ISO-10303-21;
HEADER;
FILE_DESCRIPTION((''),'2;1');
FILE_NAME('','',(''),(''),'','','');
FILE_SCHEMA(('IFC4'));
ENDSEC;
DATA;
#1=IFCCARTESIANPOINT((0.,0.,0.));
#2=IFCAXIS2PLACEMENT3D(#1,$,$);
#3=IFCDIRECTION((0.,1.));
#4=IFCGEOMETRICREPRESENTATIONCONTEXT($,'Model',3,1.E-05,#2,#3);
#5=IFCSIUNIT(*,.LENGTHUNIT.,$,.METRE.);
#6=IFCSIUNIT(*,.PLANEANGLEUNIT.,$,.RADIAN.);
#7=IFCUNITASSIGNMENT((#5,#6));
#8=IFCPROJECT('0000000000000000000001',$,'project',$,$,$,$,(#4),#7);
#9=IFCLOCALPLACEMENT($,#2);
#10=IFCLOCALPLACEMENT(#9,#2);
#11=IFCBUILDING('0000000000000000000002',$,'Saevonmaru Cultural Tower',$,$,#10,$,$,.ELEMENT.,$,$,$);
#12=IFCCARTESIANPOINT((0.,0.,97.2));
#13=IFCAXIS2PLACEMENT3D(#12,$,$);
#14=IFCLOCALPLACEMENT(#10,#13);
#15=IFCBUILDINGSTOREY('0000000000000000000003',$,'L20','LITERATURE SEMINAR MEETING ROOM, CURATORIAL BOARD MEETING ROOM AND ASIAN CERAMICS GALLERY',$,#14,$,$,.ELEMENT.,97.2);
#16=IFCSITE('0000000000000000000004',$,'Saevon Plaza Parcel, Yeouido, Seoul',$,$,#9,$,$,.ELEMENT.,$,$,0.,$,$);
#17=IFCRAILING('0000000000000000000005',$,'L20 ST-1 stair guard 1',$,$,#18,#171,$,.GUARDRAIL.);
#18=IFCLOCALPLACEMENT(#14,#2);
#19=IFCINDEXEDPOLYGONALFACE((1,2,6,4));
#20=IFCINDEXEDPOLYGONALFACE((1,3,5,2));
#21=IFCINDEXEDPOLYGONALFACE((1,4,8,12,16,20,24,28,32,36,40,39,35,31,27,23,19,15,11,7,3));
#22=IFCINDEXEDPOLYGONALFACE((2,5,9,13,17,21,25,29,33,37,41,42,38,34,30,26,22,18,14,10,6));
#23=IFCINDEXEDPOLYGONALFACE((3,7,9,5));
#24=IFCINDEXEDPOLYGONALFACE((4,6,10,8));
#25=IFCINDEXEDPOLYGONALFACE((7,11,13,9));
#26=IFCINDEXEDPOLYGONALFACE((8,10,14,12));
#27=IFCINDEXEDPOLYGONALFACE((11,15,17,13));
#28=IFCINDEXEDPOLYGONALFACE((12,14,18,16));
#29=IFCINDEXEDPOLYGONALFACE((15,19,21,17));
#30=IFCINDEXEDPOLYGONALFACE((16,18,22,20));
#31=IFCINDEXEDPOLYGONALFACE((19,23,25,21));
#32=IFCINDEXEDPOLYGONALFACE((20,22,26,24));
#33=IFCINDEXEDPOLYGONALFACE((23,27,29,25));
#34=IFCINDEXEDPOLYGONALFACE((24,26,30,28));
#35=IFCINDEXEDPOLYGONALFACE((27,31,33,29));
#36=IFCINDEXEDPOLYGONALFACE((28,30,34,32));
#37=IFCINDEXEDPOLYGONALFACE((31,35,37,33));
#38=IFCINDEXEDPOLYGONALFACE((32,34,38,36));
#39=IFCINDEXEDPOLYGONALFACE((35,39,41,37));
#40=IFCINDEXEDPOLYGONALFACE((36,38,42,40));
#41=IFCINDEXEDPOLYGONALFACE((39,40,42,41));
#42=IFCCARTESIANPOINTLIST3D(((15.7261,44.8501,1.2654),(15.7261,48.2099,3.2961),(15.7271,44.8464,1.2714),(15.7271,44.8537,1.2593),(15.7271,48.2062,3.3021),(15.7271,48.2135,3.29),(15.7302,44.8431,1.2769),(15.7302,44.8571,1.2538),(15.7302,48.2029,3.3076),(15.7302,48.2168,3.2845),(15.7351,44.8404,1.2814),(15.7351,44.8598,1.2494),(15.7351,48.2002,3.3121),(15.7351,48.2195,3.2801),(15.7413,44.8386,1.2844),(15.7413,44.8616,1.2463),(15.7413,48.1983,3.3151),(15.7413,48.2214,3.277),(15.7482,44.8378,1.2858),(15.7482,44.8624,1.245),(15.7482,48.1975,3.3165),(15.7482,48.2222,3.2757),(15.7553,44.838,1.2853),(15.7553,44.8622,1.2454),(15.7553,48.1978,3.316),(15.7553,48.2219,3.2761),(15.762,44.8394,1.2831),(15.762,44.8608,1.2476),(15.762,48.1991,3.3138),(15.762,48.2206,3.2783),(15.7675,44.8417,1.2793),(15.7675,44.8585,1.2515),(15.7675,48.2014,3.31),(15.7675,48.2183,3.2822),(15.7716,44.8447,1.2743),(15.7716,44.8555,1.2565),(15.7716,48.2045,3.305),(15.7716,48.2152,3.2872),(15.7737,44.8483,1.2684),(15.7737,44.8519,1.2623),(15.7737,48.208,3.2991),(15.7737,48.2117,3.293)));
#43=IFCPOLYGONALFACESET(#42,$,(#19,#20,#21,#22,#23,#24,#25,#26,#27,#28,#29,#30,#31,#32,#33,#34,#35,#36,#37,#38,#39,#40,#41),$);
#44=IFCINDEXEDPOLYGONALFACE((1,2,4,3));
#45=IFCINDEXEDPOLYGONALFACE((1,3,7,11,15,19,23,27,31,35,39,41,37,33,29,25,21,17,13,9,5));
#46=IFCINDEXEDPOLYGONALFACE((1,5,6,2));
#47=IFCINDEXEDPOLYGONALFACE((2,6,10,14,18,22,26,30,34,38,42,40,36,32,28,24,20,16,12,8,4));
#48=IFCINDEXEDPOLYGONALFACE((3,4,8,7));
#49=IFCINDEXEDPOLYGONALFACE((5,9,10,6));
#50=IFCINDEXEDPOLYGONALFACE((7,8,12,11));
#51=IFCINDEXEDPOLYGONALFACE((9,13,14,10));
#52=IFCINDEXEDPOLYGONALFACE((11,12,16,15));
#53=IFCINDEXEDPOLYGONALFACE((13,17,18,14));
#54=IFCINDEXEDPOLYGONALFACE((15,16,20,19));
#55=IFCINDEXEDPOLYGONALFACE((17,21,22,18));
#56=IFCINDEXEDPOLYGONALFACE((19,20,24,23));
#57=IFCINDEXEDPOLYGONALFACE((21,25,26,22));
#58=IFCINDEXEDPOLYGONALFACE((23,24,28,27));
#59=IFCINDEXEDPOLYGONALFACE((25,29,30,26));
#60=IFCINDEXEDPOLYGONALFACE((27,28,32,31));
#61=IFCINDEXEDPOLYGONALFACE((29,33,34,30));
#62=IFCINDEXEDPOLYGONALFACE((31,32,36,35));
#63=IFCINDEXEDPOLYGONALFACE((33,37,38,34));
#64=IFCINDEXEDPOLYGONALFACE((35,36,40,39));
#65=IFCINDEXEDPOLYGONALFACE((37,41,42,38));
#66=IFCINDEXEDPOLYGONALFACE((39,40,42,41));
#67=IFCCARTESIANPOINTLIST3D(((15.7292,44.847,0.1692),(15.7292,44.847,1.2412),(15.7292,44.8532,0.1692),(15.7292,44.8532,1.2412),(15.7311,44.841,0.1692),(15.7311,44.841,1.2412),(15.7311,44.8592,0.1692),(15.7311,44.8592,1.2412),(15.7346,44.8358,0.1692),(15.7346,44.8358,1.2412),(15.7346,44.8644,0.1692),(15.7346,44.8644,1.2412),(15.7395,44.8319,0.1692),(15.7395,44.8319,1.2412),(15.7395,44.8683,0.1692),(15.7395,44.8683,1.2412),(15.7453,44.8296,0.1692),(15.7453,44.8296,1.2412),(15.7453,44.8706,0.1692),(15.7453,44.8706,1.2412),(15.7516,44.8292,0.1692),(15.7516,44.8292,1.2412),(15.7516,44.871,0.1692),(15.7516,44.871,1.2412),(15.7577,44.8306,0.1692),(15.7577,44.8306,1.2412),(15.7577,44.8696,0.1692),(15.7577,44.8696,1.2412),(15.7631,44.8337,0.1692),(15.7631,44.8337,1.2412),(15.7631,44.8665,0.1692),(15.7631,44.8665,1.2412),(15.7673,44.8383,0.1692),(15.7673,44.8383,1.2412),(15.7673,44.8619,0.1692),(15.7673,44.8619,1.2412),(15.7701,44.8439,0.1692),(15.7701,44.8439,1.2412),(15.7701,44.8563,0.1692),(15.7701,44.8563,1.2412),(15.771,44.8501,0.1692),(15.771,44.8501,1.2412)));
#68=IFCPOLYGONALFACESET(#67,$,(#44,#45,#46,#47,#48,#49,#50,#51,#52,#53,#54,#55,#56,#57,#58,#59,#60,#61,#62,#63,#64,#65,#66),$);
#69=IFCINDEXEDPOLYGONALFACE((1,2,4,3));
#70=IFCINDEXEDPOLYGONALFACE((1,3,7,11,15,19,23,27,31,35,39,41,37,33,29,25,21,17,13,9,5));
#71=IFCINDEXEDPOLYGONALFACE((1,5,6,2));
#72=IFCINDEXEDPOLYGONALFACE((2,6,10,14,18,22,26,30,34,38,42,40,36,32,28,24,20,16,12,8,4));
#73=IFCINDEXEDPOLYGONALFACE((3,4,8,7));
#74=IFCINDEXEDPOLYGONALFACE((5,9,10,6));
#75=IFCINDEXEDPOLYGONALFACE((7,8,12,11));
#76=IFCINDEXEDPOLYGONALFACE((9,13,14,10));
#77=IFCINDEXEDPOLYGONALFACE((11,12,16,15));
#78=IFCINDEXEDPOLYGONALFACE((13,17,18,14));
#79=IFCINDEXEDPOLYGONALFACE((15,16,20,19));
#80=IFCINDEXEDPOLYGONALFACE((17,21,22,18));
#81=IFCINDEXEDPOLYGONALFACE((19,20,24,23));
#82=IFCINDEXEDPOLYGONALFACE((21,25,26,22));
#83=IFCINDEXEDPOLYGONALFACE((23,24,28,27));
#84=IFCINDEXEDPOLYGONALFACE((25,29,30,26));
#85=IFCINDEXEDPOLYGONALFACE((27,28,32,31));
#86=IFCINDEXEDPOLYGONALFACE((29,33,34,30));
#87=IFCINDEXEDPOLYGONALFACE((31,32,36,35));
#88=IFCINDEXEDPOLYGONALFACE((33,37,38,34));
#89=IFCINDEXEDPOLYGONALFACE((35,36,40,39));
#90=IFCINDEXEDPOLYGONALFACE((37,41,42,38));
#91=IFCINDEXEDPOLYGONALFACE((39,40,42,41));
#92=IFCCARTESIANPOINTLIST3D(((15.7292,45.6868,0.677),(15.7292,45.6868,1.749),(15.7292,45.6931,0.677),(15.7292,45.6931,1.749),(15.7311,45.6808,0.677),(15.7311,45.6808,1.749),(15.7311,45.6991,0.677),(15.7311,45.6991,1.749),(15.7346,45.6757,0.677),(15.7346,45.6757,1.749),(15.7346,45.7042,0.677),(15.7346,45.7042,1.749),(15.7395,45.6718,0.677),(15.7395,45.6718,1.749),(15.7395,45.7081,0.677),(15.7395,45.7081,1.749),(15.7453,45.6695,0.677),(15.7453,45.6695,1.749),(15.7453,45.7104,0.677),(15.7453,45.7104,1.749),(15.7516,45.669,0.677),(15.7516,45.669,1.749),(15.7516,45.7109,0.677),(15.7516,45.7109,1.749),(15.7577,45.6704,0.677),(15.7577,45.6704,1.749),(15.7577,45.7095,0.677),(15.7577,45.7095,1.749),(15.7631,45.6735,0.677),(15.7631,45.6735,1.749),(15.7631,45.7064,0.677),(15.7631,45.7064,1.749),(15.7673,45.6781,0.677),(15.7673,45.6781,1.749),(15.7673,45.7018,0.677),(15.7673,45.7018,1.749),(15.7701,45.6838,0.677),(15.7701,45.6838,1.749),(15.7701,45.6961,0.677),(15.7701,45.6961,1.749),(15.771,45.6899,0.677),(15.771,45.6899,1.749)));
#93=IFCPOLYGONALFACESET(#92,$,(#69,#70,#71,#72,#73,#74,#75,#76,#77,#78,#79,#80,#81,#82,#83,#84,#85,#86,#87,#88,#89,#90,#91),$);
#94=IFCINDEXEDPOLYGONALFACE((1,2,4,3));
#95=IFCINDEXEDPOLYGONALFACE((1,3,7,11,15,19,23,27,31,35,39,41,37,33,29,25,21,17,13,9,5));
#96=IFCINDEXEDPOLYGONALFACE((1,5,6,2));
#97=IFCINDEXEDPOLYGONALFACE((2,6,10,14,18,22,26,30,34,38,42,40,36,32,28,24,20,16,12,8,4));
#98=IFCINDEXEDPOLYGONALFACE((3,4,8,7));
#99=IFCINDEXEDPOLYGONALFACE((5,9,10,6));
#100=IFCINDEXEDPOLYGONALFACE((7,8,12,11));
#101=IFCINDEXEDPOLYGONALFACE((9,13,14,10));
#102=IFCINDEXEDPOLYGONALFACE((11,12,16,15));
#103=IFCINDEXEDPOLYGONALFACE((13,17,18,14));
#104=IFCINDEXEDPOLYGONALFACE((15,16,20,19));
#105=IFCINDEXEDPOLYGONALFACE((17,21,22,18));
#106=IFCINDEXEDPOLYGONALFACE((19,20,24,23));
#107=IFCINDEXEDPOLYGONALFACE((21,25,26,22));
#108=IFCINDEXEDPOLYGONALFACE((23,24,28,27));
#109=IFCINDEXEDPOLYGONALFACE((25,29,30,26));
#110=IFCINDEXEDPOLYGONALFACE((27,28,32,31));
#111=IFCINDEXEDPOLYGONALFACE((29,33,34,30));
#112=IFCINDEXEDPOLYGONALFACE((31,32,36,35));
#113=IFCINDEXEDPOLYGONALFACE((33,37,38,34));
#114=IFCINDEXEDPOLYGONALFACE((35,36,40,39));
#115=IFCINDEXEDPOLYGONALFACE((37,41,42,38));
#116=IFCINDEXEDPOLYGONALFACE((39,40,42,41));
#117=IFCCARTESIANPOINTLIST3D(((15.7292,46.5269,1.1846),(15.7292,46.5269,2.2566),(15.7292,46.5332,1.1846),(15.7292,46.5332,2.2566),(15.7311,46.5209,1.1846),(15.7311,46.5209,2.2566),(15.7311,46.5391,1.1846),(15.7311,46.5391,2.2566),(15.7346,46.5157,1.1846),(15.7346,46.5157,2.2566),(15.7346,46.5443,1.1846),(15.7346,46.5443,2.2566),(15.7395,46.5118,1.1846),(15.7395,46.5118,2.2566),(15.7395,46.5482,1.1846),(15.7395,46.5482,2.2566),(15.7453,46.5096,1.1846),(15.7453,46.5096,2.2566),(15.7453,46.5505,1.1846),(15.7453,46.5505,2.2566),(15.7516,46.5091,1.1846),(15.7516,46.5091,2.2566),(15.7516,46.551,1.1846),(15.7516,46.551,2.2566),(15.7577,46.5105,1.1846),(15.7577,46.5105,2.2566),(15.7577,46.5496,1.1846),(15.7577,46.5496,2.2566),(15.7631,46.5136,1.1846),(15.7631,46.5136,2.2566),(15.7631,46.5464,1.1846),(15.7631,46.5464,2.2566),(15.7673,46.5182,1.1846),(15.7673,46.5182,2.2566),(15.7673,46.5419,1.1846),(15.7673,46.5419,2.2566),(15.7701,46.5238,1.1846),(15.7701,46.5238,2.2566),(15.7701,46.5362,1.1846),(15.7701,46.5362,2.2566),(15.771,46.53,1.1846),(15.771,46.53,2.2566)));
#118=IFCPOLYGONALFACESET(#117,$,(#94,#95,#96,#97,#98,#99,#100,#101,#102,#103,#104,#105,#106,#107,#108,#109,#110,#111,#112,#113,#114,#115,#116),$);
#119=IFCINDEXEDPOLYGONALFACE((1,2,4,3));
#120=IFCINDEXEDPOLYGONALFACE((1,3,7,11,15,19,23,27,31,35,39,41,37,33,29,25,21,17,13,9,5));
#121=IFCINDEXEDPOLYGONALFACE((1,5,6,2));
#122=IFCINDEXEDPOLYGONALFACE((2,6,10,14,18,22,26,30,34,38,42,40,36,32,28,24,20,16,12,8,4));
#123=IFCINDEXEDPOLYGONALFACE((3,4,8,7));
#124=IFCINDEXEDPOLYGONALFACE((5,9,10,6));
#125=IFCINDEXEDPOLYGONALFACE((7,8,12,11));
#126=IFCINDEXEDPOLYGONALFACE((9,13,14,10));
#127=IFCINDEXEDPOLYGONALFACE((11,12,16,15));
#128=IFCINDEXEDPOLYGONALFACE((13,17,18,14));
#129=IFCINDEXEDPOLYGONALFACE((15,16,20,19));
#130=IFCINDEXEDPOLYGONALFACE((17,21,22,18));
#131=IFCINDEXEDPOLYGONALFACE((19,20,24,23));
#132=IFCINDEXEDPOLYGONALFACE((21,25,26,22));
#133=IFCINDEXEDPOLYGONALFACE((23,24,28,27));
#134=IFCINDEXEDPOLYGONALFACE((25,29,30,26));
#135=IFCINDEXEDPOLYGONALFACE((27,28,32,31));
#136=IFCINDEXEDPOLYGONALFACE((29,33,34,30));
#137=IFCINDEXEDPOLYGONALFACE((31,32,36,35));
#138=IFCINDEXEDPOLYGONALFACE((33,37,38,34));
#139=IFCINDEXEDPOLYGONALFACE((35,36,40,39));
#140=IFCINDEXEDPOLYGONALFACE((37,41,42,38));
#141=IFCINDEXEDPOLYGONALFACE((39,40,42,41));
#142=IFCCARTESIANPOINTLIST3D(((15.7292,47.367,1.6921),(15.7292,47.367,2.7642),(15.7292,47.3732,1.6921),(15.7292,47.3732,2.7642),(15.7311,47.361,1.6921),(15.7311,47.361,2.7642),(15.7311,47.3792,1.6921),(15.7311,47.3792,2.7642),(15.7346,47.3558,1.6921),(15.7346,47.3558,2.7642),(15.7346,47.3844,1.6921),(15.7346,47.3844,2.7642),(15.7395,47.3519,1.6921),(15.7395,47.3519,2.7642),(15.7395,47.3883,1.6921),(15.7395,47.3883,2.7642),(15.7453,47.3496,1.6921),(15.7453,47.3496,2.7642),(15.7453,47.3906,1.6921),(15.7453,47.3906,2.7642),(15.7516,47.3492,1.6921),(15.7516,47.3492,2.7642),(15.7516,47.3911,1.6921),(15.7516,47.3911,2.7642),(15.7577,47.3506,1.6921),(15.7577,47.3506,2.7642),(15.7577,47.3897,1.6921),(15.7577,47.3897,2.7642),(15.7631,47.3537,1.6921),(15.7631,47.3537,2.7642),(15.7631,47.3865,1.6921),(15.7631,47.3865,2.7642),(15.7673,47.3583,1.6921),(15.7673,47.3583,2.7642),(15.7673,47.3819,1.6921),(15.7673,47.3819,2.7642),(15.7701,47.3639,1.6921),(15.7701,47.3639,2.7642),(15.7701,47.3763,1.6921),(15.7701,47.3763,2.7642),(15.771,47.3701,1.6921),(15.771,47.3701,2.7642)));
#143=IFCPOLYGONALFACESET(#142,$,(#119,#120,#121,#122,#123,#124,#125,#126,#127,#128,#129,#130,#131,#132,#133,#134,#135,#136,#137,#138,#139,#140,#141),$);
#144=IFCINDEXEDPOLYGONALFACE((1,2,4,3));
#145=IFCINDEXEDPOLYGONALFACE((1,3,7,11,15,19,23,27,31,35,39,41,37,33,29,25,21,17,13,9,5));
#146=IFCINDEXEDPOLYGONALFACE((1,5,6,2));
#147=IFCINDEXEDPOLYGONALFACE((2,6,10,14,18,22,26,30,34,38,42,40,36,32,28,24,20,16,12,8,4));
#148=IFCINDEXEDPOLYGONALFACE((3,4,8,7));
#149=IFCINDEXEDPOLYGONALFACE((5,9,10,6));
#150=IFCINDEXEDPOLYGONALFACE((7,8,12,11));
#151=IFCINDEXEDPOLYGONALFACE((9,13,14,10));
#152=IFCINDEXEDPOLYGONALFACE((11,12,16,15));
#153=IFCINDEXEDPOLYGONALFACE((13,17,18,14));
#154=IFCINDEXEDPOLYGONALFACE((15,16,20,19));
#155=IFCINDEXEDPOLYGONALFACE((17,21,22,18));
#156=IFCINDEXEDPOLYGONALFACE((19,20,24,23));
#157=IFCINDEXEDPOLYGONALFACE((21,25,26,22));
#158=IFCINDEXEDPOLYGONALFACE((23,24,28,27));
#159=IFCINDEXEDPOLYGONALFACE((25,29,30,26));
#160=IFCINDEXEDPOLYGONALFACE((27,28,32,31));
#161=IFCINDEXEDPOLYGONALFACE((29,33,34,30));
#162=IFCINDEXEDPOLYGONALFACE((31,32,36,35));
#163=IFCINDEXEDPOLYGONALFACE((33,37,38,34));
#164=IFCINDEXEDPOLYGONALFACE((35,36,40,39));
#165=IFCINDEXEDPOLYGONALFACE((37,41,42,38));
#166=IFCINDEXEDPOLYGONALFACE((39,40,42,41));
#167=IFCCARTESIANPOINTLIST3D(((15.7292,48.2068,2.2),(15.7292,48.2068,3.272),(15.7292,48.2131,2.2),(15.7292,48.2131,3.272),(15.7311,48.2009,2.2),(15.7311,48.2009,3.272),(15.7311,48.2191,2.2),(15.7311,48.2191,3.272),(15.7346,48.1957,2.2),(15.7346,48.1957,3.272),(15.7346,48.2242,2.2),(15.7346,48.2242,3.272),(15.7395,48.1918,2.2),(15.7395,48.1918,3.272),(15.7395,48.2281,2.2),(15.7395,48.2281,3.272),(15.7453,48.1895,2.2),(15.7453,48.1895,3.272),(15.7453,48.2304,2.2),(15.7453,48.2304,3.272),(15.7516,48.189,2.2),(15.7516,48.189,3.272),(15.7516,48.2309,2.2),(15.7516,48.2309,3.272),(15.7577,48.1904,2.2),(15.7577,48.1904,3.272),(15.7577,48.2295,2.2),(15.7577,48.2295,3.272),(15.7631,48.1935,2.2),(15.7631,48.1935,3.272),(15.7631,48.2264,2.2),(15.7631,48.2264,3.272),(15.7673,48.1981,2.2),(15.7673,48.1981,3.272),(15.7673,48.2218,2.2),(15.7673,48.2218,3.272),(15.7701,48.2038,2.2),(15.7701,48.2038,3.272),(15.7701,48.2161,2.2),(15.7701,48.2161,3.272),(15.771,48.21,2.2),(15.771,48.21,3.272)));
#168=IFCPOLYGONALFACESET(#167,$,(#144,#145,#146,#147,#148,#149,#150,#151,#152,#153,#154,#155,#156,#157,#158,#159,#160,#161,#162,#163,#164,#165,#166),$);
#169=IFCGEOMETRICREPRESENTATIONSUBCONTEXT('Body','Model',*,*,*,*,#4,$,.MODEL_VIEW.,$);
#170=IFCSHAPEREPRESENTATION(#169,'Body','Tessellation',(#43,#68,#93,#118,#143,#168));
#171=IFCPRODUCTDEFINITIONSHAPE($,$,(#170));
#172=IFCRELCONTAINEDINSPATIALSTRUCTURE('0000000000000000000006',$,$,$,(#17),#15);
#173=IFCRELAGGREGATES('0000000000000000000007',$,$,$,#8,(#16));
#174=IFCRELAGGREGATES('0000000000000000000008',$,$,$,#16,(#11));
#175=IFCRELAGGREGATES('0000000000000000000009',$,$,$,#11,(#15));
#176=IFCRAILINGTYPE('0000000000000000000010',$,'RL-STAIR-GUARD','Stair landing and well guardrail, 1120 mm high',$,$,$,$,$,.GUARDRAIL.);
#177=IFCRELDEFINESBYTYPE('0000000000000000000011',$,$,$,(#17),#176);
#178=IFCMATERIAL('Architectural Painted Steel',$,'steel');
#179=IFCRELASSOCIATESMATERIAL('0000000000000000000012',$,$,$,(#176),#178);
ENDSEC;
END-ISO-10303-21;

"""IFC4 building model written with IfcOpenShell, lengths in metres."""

from ifc_helpers import new_model, si_unit, direction, frame, origin, origin_2d, place, context, subcontext, project, spatial, circle, extrude, material, type_object, element, save


model = new_model("IFC4")

# Units and contexts
model_context = context("Model", 3, precision=1e-05, world=origin(), true_north=direction((0.0, 1.0)))
body_context = subcontext(model_context, "Body", "Model", "MODEL_VIEW")
ifc_project = project(units=[si_unit("LENGTHUNIT", "METRE"), si_unit("PLANEANGLEUNIT", "RADIAN")], contexts=[model_context])

# Site, building, storey
site_placement = place(None, origin())
site = spatial("IfcSite", under=ifc_project, at=site_placement, Name="Saevon Plaza Parcel, Yeouido, Seoul", CompositionType="ELEMENT", RefElevation=0.0)
building_placement = place(site_placement, origin())
building = spatial("IfcBuilding", under=site, at=building_placement, Name="Saevonmaru Cultural Tower", CompositionType="ELEMENT")
storey_placement = place(building_placement, frame((0.0, 0.0, 97.2)))
storey = spatial("IfcBuildingStorey", under=building, at=storey_placement, Name="L20", Description="LITERATURE SEMINAR MEETING ROOM, CURATORIAL BOARD MEETING ROOM AND ASIAN CERAMICS GALLERY", CompositionType="ELEMENT", Elevation=97.2)

# Railing
ifc_material_1 = material(Name="Architectural Painted Steel", Category="steel")
railing_type_1 = type_object("IfcRailingType", Name="RL-STAIR-GUARD", Description="Stair landing and well guardrail, 1120 mm high", PredefinedType="GUARDRAIL", material=ifc_material_1)
railing_1_placement = place(storey_placement, frame((15.75, 44.8501, 0.1692)))
element("IfcRailing", 1, at=railing_1_placement, inside=storey, type_object=railing_type_1, Name="L20 ST-1 stair guard 1", PredefinedType="GUARDRAIL", context=body_context, shape_type="SweptSolid", body=[
    extrude(circle(Radius=0.0239, at=origin_2d()), frame((0.0, 0.0, 1.0962), z_axis=(0.0, 0.85582, 0.517273), x_axis=(-1.0, 0.0, 0.0)), (0.0, 0.0, 1.0), 3.9258),
    extrude(circle(Radius=0.021, at=origin_2d()), origin(), (0.0, 0.0, 1.0), 1.072),
    extrude(circle(Radius=0.021, at=origin_2d()), frame((0.0, 0.8398, 0.5078)), (0.0, 0.0, 1.0), 1.072),
    extrude(circle(Radius=0.021, at=origin_2d()), frame((0.0, 1.6799, 1.0154)), (0.0, 0.0, 1.0), 1.072),
    extrude(circle(Radius=0.021, at=origin_2d()), frame((0.0, 2.52, 1.5229)), (0.0, 0.0, 1.0), 1.072),
    extrude(circle(Radius=0.021, at=origin_2d()), frame((0.0, 3.3599, 2.0308)), (0.0, 0.0, 1.0), 1.072),
])

save(model, "model.ifc")
